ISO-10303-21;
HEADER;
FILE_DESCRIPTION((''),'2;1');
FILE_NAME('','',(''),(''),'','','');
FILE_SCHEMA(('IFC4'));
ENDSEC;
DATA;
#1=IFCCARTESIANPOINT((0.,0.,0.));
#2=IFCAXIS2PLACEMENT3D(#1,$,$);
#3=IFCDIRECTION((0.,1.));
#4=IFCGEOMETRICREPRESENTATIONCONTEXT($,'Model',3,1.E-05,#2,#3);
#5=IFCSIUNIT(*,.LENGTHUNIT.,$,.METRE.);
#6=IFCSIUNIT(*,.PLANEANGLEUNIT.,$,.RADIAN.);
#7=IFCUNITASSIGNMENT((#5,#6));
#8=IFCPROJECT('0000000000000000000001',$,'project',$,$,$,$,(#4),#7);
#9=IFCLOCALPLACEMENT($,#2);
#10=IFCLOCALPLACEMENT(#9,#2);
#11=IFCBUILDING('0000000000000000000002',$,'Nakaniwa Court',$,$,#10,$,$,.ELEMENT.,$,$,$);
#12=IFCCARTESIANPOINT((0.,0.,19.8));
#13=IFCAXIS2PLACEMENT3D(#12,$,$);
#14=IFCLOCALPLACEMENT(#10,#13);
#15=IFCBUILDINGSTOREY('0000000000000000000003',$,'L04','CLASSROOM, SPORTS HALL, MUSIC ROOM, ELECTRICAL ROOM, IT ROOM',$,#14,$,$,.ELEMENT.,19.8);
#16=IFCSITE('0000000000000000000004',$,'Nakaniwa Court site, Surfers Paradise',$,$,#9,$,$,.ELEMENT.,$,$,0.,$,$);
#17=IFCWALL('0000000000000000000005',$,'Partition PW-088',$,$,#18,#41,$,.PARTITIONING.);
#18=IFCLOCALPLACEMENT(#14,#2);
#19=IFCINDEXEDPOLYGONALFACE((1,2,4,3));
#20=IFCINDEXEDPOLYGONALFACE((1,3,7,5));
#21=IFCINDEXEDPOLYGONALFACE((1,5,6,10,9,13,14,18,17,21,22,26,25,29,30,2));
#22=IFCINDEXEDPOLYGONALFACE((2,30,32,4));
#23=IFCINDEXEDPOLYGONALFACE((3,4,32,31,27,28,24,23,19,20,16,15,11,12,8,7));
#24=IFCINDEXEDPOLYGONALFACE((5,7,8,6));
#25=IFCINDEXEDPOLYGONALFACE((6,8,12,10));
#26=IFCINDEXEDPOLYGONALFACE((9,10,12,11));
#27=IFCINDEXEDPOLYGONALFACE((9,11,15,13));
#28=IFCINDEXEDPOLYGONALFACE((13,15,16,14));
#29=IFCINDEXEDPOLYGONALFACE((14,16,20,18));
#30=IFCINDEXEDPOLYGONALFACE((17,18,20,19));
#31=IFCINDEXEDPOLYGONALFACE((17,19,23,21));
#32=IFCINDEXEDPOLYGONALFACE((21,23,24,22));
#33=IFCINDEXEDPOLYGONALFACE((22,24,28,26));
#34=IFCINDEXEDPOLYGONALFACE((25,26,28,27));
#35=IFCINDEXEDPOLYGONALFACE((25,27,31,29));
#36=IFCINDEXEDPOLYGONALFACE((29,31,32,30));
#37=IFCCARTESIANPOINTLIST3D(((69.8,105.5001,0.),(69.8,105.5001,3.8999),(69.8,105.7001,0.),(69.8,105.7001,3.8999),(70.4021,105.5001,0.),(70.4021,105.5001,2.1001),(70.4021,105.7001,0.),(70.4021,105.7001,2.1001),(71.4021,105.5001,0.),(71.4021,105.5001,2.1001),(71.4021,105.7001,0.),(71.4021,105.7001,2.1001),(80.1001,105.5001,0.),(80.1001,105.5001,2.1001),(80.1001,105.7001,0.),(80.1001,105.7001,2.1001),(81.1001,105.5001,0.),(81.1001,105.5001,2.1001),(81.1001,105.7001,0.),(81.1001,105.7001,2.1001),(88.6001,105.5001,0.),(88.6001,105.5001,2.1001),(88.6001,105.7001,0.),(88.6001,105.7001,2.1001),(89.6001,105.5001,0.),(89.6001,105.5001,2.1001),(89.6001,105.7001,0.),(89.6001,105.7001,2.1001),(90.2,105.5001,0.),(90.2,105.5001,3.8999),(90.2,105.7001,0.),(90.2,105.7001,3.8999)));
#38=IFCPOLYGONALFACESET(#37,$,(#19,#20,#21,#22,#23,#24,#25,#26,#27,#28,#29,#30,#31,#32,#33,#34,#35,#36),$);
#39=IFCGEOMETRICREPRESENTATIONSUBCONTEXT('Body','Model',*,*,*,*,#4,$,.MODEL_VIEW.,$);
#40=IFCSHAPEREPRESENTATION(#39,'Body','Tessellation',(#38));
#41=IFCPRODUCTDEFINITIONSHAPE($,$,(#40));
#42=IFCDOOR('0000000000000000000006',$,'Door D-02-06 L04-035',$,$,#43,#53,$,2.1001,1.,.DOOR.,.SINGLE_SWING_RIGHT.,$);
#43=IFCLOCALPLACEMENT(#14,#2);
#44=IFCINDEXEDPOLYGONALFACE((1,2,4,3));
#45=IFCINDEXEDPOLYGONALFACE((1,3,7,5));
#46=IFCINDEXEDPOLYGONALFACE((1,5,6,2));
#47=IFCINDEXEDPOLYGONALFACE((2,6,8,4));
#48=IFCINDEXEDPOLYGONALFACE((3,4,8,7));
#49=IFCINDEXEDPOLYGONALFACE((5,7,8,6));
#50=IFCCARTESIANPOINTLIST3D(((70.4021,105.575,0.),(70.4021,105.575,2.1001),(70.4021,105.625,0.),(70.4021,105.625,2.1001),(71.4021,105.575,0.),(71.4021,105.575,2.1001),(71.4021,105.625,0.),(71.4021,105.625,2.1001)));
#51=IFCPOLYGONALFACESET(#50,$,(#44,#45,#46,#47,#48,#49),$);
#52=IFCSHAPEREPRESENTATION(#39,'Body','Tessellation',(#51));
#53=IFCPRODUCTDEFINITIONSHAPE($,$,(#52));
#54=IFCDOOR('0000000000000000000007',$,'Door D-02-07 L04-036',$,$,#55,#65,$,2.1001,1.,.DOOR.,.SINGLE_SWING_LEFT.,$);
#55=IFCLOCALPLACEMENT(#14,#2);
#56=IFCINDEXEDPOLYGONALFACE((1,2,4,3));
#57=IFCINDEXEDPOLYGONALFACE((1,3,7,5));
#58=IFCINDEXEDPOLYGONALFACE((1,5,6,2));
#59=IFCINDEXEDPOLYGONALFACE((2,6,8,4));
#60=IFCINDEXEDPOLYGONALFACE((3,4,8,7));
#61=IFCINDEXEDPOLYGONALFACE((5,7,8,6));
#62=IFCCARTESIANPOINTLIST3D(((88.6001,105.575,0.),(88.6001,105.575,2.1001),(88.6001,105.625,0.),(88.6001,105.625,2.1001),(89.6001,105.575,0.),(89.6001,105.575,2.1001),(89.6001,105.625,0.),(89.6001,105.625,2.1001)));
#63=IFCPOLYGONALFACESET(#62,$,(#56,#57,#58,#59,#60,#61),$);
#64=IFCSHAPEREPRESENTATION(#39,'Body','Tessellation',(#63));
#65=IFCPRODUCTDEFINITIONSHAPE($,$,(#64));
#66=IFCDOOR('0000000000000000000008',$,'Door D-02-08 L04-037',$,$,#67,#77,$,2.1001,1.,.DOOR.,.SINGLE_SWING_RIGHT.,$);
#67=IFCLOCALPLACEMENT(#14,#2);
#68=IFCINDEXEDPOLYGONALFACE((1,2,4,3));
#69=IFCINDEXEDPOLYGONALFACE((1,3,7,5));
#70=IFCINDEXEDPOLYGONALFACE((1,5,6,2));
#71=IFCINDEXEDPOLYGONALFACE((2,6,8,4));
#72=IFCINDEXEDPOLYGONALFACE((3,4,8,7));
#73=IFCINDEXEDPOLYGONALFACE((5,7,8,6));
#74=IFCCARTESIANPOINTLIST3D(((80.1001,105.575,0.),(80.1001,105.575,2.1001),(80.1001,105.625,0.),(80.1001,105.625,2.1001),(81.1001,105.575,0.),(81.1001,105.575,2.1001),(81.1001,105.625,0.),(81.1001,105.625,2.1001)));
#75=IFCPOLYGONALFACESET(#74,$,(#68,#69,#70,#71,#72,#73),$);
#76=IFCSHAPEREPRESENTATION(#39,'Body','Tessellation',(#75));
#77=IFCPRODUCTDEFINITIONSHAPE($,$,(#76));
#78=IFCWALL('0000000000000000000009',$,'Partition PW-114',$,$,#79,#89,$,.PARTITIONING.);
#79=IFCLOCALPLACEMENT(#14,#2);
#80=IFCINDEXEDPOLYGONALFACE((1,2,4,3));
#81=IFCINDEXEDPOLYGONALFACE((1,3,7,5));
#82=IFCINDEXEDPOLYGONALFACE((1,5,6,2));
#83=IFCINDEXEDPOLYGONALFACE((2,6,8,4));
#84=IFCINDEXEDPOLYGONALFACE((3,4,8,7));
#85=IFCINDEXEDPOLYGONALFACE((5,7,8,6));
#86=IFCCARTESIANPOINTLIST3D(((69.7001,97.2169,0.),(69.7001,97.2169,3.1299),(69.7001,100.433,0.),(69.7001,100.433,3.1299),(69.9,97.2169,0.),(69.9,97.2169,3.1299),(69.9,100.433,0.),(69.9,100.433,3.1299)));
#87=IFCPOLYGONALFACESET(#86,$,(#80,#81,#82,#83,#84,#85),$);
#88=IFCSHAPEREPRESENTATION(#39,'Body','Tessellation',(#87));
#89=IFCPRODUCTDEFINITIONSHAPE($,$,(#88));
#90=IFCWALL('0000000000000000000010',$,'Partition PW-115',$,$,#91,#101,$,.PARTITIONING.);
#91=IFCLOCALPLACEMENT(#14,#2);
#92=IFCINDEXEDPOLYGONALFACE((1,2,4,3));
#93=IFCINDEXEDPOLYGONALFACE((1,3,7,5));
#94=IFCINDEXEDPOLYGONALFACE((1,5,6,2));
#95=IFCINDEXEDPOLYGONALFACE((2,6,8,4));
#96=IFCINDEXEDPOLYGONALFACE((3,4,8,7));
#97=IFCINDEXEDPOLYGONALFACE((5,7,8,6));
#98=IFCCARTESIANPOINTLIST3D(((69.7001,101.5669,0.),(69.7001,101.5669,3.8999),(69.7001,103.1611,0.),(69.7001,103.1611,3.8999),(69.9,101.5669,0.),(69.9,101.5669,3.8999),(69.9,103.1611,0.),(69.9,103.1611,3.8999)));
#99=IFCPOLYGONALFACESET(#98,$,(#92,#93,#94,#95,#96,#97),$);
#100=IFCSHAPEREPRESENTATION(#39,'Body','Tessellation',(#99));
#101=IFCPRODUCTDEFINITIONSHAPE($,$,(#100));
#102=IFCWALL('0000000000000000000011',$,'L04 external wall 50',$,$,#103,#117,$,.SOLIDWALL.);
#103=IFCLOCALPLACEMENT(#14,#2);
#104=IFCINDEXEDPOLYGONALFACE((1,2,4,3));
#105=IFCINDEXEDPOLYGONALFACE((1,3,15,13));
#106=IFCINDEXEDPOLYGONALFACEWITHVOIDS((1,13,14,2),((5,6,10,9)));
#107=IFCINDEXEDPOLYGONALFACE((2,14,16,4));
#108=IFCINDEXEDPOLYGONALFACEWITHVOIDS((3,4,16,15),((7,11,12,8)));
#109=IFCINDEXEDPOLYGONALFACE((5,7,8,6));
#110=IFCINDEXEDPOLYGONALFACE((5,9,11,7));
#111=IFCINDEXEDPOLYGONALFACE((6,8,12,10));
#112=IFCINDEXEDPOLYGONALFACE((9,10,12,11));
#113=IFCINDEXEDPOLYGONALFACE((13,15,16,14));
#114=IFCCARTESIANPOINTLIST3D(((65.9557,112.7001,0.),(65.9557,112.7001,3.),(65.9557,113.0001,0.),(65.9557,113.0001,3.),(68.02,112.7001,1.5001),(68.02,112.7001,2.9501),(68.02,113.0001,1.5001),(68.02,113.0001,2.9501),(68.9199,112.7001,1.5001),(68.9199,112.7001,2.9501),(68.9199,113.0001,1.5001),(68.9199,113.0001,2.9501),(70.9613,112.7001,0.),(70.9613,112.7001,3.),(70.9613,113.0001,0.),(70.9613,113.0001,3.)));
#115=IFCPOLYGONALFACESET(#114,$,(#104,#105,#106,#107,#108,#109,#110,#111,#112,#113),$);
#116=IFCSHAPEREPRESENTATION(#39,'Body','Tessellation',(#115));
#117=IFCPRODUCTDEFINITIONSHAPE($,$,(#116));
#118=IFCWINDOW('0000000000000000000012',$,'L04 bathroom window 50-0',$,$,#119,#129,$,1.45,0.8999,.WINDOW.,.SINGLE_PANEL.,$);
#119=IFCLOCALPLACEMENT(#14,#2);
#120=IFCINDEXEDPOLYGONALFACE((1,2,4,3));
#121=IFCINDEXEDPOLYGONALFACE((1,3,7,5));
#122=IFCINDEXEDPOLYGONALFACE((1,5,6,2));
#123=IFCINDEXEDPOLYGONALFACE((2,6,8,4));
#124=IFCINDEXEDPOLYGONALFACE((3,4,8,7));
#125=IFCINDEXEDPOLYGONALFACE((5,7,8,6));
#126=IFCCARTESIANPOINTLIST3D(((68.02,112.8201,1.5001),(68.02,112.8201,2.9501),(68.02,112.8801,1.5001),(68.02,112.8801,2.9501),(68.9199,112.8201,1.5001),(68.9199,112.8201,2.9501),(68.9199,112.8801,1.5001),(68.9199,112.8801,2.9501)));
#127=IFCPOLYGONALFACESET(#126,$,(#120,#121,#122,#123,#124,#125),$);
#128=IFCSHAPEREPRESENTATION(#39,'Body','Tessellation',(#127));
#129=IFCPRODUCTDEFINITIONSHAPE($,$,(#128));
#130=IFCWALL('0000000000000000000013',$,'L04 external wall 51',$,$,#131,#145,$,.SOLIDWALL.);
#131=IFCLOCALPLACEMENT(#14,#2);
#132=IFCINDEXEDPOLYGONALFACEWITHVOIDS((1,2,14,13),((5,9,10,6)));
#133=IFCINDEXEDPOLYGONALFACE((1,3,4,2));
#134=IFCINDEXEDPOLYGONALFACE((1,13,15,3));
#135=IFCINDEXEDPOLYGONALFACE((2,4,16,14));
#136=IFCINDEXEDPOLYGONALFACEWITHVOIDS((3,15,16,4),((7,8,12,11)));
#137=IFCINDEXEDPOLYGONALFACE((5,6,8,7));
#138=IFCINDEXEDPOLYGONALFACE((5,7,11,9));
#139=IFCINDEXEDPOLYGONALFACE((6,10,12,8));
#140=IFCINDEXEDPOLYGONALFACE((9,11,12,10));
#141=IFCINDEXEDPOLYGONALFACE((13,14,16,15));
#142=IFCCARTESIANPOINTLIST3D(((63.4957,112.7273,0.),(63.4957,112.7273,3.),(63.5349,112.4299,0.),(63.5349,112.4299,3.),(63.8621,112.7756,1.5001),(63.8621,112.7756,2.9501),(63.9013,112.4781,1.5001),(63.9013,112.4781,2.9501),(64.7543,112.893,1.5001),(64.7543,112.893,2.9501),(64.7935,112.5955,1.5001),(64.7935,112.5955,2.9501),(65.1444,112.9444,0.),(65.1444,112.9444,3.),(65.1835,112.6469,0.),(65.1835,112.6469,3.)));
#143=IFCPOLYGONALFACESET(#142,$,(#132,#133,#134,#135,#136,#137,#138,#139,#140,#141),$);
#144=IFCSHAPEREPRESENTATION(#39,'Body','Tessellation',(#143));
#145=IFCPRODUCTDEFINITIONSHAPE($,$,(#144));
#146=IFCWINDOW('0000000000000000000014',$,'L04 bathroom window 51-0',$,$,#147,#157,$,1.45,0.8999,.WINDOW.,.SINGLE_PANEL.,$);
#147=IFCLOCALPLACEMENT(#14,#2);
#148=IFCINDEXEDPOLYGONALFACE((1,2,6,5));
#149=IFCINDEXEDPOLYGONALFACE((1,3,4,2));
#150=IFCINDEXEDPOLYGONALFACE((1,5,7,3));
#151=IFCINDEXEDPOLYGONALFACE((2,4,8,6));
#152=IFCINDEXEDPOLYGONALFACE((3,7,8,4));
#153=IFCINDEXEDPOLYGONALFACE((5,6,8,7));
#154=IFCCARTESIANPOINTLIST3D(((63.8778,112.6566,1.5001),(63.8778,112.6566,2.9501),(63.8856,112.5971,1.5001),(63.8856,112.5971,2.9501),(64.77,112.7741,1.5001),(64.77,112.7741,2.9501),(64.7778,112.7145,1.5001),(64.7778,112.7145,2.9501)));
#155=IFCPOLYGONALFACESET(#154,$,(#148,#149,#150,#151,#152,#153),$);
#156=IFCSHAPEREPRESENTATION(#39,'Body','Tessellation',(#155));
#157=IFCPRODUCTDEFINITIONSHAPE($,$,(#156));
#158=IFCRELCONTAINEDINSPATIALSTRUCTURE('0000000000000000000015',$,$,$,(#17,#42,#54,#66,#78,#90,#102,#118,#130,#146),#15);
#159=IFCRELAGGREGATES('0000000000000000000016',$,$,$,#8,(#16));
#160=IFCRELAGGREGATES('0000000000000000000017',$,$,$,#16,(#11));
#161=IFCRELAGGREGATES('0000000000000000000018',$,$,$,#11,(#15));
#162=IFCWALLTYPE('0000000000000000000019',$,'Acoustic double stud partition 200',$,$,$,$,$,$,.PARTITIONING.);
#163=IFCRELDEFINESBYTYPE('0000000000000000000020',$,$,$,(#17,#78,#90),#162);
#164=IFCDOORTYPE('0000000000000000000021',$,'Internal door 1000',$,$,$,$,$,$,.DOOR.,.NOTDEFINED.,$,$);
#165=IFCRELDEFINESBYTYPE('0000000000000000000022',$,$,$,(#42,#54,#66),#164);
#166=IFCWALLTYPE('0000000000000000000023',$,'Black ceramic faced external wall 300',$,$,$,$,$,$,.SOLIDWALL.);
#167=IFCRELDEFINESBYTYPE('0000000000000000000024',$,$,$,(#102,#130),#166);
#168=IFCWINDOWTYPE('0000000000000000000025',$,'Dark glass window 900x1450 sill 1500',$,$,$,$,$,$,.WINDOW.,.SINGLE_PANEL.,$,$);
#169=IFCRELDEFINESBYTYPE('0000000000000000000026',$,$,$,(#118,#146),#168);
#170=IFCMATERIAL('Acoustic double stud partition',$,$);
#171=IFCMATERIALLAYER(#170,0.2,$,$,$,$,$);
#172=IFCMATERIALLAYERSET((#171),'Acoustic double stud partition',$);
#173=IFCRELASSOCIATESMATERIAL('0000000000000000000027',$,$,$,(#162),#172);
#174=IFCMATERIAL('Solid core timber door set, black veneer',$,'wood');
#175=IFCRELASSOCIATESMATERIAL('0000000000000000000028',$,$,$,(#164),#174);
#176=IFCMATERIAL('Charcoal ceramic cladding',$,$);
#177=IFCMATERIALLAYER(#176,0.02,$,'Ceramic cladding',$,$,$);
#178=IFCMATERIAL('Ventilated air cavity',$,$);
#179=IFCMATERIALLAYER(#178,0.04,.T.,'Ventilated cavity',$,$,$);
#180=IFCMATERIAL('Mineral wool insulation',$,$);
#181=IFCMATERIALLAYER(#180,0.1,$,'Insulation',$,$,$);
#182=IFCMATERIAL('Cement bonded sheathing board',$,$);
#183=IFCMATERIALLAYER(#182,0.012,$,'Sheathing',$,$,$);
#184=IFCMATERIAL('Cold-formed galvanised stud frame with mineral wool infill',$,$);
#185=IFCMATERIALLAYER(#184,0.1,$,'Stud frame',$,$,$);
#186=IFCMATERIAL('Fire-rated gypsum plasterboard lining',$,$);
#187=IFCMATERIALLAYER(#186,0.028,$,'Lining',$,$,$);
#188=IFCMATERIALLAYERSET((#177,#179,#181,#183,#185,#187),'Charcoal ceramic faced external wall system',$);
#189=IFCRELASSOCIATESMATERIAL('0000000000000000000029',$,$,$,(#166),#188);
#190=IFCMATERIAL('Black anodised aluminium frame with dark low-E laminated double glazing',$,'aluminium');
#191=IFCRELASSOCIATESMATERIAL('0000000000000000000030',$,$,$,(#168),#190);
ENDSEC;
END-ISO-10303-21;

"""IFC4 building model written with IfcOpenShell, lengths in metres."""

from ifc_helpers import new_model, si_unit, direction, frame, frame_2d, origin, place, context, subcontext, project, spatial, rectangle, extrude, material, layer, layer_set, type_object, element, fill, save


model = new_model("IFC4")

# Units and contexts
model_context = context("Model", 3, precision=1e-05, world=origin(), true_north=direction((0.0, 1.0)))
body_context = subcontext(model_context, "Body", "Model", "MODEL_VIEW")
ifc_project = project(units=[si_unit("LENGTHUNIT", "METRE"), si_unit("PLANEANGLEUNIT", "RADIAN")], contexts=[model_context])

# Site, building, storey
site_placement = place(None, origin())
site = spatial("IfcSite", under=ifc_project, at=site_placement, Name="Nakaniwa Court site, Surfers Paradise", CompositionType="ELEMENT", RefElevation=0.0)
building_placement = place(site_placement, origin())
building = spatial("IfcBuilding", under=site, at=building_placement, Name="Nakaniwa Court", CompositionType="ELEMENT")
storey_placement = place(building_placement, frame((0.0, 0.0, 19.8)))
storey = spatial("IfcBuildingStorey", under=building, at=storey_placement, Name="L04", Description="CLASSROOM, SPORTS HALL, MUSIC ROOM, ELECTRICAL ROOM, IT ROOM", CompositionType="ELEMENT", Elevation=19.8)

# Wall, openings, doors
ifc_material_1 = material(Name="Acoustic double stud partition")
ifc_layer_1 = layer(ifc_material_1, 0.2)
ifc_layer_set_1 = layer_set([ifc_layer_1], Name="Acoustic double stud partition")
wall_type_1 = type_object("IfcWallType", Name="Acoustic double stud partition 200", PredefinedType="PARTITIONING", material=ifc_layer_set_1)
wall_1_placement = place(storey_placement, frame((69.8, 105.6001, 0.0), z_axis=(0.0, 0.0, 1.0), x_axis=(1.0, 0.0, 0.0)))
wall_1 = element("IfcWall", 1, at=wall_1_placement, inside=storey, type_object=wall_type_1, Name="Partition PW-088", PredefinedType="PARTITIONING", context=body_context, shape_type="SweptSolid", body=[
    extrude(rectangle(XDim=20.3999, YDim=0.2, at=frame_2d((10.2, 0.0))), origin(), (0.0, 0.0, 1.0), 3.8999),
])
opening_1_placement = place(wall_1_placement, frame((0.6021, 0.0, 0.0)))
opening_1 = element("IfcOpeningElement", 2, at=opening_1_placement, cuts=wall_1, PredefinedType="OPENING", context=body_context, shape_type="SweptSolid", body=[
    extrude(rectangle(XDim=1.0, YDim=2.1001, at=frame_2d((0.5, 1.05))), frame((0.0, 0.1099, 0.0), z_axis=(0.0, -1.0, 0.0), x_axis=(1.0, 0.0, 0.0)), (0.0, 0.0, 1.0), 0.22),
])
opening_2_placement = place(wall_1_placement, frame((18.8, 0.0, 0.0)))
opening_2 = element("IfcOpeningElement", 3, at=opening_2_placement, cuts=wall_1, PredefinedType="OPENING", context=body_context, shape_type="SweptSolid", body=[
    extrude(rectangle(XDim=1.0, YDim=2.1001, at=frame_2d((0.5, 1.05))), frame((0.0, 0.1099, 0.0), z_axis=(0.0, -1.0, 0.0), x_axis=(1.0, 0.0, 0.0)), (0.0, 0.0, 1.0), 0.22),
])
opening_3_placement = place(wall_1_placement, frame((10.3, 0.0, 0.0)))
opening_3 = element("IfcOpeningElement", 4, at=opening_3_placement, cuts=wall_1, PredefinedType="OPENING", context=body_context, shape_type="SweptSolid", body=[
    extrude(rectangle(XDim=1.0, YDim=2.1001, at=frame_2d((0.5, 1.05))), frame((0.0, 0.1099, 0.0), z_axis=(0.0, -1.0, 0.0), x_axis=(1.0, 0.0, 0.0)), (0.0, 0.0, 1.0), 0.22),
])
ifc_material_2 = material(Name="Solid core timber door set, black veneer", Category="wood")
door_type = type_object("IfcDoorType", Name="Internal door 1000", OperationType="NOTDEFINED", PredefinedType="DOOR", material=ifc_material_2)
door_1_placement = place(opening_1_placement, origin())
door_1 = element("IfcDoor", 5, at=door_1_placement, inside=storey, type_object=door_type, Name="Door D-02-06 L04-035", OperationType="SINGLE_SWING_RIGHT", OverallHeight=2.1001, OverallWidth=1.0, PredefinedType="DOOR", context=body_context, shape_type="SweptSolid", body=[
    extrude(rectangle(XDim=1.0, YDim=2.1001, at=frame_2d((0.5, 1.05))), frame((0.0, 0.0249, 0.0), z_axis=(0.0, -1.0, 0.0), x_axis=(1.0, 0.0, 0.0)), (0.0, 0.0, 1.0), 0.05),
])
fill(opening_1, door_1)
door_2_placement = place(opening_2_placement, origin())
door_2 = element("IfcDoor", 6, at=door_2_placement, inside=storey, type_object=door_type, Name="Door D-02-07 L04-036", OperationType="SINGLE_SWING_LEFT", OverallHeight=2.1001, OverallWidth=1.0, PredefinedType="DOOR", context=body_context, shape_type="SweptSolid", body=[
    extrude(rectangle(XDim=1.0, YDim=2.1001, at=frame_2d((0.5, 1.05))), frame((0.0, 0.0249, 0.0), z_axis=(0.0, -1.0, 0.0), x_axis=(1.0, 0.0, 0.0)), (0.0, 0.0, 1.0), 0.05),
])
fill(opening_2, door_2)
door_3_placement = place(opening_3_placement, origin())
door_3 = element("IfcDoor", 7, at=door_3_placement, inside=storey, type_object=door_type, Name="Door D-02-08 L04-037", OperationType="SINGLE_SWING_RIGHT", OverallHeight=2.1001, OverallWidth=1.0, PredefinedType="DOOR", context=body_context, shape_type="SweptSolid", body=[
    extrude(rectangle(XDim=1.0, YDim=2.1001, at=frame_2d((0.5, 1.05))), frame((0.0, 0.0249, 0.0), z_axis=(0.0, -1.0, 0.0), x_axis=(1.0, 0.0, 0.0)), (0.0, 0.0, 1.0), 0.05),
])
fill(opening_3, door_3)

# Walls
wall_2_placement = place(storey_placement, frame((69.8, 97.217, 0.0), z_axis=(0.0, 0.0, 1.0), x_axis=(0.0, 1.0, 0.0)))
element("IfcWall", 8, at=wall_2_placement, inside=storey, type_object=wall_type_1, Name="Partition PW-114", PredefinedType="PARTITIONING", context=body_context, shape_type="SweptSolid", body=[
    extrude(rectangle(XDim=3.2161, YDim=0.2, at=frame_2d((1.6079, 0.0))), origin(), (0.0, 0.0, 1.0), 3.1299),
])
wall_3_placement = place(storey_placement, frame((69.8, 101.5669, 0.0), z_axis=(0.0, 0.0, 1.0), x_axis=(0.0, 1.0, 0.0)))
element("IfcWall", 9, at=wall_3_placement, inside=storey, type_object=wall_type_1, Name="Partition PW-115", PredefinedType="PARTITIONING", context=body_context, shape_type="SweptSolid", body=[
    extrude(rectangle(XDim=1.5942, YDim=0.2, at=frame_2d((0.7971, 0.0))), origin(), (0.0, 0.0, 1.0), 3.8999),
])

# Walls, openings, windows
ifc_material_3 = material(Name="Charcoal ceramic cladding")
ifc_layer_2 = layer(ifc_material_3, 0.02, Name="Ceramic cladding")
ifc_material_4 = material(Name="Ventilated air cavity")
ifc_layer_3 = layer(ifc_material_4, 0.04, ventilated=True, Name="Ventilated cavity")
ifc_material_5 = material(Name="Mineral wool insulation")
ifc_layer_4 = layer(ifc_material_5, 0.1, Name="Insulation")
ifc_material_6 = material(Name="Cement bonded sheathing board")
ifc_layer_5 = layer(ifc_material_6, 0.012, Name="Sheathing")
ifc_material_7 = material(Name="Cold-formed galvanised stud frame with mineral wool infill")
ifc_layer_6 = layer(ifc_material_7, 0.1, Name="Stud frame")
ifc_material_8 = material(Name="Fire-rated gypsum plasterboard lining")
ifc_layer_7 = layer(ifc_material_8, 0.028, Name="Lining")
ifc_layer_set_2 = layer_set([ifc_layer_2, ifc_layer_3, ifc_layer_4, ifc_layer_5, ifc_layer_6, ifc_layer_7], Name="Charcoal ceramic faced external wall system")
wall_type_2 = type_object("IfcWallType", Name="Black ceramic faced external wall 300", PredefinedType="SOLIDWALL", material=ifc_layer_set_2)
wall_4_placement = place(storey_placement, frame((70.9614, 112.8501, 0.0), z_axis=(0.0, 0.0, 1.0), x_axis=(-1.0, 0.0, 0.0)))
wall_4 = element("IfcWall", 10, at=wall_4_placement, inside=storey, type_object=wall_type_2, Name="L04 external wall 50", PredefinedType="SOLIDWALL", context=body_context, shape_type="SweptSolid", body=[
    extrude(rectangle(XDim=5.0056, YDim=0.3, at=frame_2d((2.5029, 0.0))), origin(), (0.0, 0.0, 1.0), 3.0),
])
opening_4_placement = place(wall_4_placement, frame((2.0415, 0.0, 1.5)))
opening_4 = element("IfcOpeningElement", 11, at=opening_4_placement, cuts=wall_4, PredefinedType="OPENING", context=body_context, shape_type="SweptSolid", body=[
    extrude(rectangle(XDim=0.8999, YDim=1.45, at=frame_2d((0.45, 0.7251))), frame((0.0, 0.1599, 0.0), z_axis=(0.0, -1.0, 0.0), x_axis=(1.0, 0.0, 0.0)), (0.0, 0.0, 1.0), 0.3201),
])
ifc_material_9 = material(Name="Black anodised aluminium frame with dark low-E laminated double glazing", Category="aluminium")
window_type = type_object("IfcWindowType", Name="Dark glass window 900x1450 sill 1500", PartitioningType="SINGLE_PANEL", PredefinedType="WINDOW", material=ifc_material_9)
window_1_placement = place(opening_4_placement, origin())
window_1 = element("IfcWindow", 12, at=window_1_placement, inside=storey, type_object=window_type, Name="L04 bathroom window 50-0", OverallHeight=1.45, OverallWidth=0.8999, PartitioningType="SINGLE_PANEL", PredefinedType="WINDOW", context=body_context, shape_type="SweptSolid", body=[
    extrude(rectangle(XDim=0.8999, YDim=1.45, at=frame_2d((0.45, 0.7251))), frame((0.0, 0.03, 0.0), z_axis=(0.0, -1.0, 0.0), x_axis=(1.0, 0.0, 0.0)), (0.0, 0.0, 1.0), 0.0601),
])
fill(opening_4, window_1)
wall_5_placement = place(storey_placement, frame((65.1641, 112.7957, 0.0), z_axis=(0.0, 0.0, 1.0), x_axis=(-0.991446, -0.130519, 0.0)))
wall_5 = element("IfcWall", 13, at=wall_5_placement, inside=storey, type_object=wall_type_2, Name="L04 external wall 51", PredefinedType="SOLIDWALL", context=body_context, shape_type="SweptSolid", body=[
    extrude(rectangle(XDim=1.6628, YDim=0.3, at=frame_2d((0.8315, 0.0))), origin(), (0.0, 0.0, 1.0), 3.0),
])
opening_5_placement = place(wall_5_placement, frame((0.3936, 0.0, 1.5)))
opening_5 = element("IfcOpeningElement", 14, at=opening_5_placement, cuts=wall_5, PredefinedType="OPENING", context=body_context, shape_type="SweptSolid", body=[
    extrude(rectangle(XDim=0.8999, YDim=1.45, at=frame_2d((0.45, 0.7251))), frame((0.0, 0.1599, 0.0), z_axis=(0.0, -1.0, 0.0), x_axis=(1.0, 0.0, 0.0)), (0.0, 0.0, 1.0), 0.3201),
])
window_2_placement = place(opening_5_placement, origin())
window_2 = element("IfcWindow", 15, at=window_2_placement, inside=storey, type_object=window_type, Name="L04 bathroom window 51-0", OverallHeight=1.45, OverallWidth=0.8999, PartitioningType="SINGLE_PANEL", PredefinedType="WINDOW", context=body_context, shape_type="SweptSolid", body=[
    extrude(rectangle(XDim=0.8999, YDim=1.45, at=frame_2d((0.45, 0.7251))), frame((0.0, 0.03, 0.0), z_axis=(0.0, -1.0, 0.0), x_axis=(1.0, 0.0, 0.0)), (0.0, 0.0, 1.0), 0.0601),
])
fill(opening_5, window_2)

save(model, "model.ifc")
